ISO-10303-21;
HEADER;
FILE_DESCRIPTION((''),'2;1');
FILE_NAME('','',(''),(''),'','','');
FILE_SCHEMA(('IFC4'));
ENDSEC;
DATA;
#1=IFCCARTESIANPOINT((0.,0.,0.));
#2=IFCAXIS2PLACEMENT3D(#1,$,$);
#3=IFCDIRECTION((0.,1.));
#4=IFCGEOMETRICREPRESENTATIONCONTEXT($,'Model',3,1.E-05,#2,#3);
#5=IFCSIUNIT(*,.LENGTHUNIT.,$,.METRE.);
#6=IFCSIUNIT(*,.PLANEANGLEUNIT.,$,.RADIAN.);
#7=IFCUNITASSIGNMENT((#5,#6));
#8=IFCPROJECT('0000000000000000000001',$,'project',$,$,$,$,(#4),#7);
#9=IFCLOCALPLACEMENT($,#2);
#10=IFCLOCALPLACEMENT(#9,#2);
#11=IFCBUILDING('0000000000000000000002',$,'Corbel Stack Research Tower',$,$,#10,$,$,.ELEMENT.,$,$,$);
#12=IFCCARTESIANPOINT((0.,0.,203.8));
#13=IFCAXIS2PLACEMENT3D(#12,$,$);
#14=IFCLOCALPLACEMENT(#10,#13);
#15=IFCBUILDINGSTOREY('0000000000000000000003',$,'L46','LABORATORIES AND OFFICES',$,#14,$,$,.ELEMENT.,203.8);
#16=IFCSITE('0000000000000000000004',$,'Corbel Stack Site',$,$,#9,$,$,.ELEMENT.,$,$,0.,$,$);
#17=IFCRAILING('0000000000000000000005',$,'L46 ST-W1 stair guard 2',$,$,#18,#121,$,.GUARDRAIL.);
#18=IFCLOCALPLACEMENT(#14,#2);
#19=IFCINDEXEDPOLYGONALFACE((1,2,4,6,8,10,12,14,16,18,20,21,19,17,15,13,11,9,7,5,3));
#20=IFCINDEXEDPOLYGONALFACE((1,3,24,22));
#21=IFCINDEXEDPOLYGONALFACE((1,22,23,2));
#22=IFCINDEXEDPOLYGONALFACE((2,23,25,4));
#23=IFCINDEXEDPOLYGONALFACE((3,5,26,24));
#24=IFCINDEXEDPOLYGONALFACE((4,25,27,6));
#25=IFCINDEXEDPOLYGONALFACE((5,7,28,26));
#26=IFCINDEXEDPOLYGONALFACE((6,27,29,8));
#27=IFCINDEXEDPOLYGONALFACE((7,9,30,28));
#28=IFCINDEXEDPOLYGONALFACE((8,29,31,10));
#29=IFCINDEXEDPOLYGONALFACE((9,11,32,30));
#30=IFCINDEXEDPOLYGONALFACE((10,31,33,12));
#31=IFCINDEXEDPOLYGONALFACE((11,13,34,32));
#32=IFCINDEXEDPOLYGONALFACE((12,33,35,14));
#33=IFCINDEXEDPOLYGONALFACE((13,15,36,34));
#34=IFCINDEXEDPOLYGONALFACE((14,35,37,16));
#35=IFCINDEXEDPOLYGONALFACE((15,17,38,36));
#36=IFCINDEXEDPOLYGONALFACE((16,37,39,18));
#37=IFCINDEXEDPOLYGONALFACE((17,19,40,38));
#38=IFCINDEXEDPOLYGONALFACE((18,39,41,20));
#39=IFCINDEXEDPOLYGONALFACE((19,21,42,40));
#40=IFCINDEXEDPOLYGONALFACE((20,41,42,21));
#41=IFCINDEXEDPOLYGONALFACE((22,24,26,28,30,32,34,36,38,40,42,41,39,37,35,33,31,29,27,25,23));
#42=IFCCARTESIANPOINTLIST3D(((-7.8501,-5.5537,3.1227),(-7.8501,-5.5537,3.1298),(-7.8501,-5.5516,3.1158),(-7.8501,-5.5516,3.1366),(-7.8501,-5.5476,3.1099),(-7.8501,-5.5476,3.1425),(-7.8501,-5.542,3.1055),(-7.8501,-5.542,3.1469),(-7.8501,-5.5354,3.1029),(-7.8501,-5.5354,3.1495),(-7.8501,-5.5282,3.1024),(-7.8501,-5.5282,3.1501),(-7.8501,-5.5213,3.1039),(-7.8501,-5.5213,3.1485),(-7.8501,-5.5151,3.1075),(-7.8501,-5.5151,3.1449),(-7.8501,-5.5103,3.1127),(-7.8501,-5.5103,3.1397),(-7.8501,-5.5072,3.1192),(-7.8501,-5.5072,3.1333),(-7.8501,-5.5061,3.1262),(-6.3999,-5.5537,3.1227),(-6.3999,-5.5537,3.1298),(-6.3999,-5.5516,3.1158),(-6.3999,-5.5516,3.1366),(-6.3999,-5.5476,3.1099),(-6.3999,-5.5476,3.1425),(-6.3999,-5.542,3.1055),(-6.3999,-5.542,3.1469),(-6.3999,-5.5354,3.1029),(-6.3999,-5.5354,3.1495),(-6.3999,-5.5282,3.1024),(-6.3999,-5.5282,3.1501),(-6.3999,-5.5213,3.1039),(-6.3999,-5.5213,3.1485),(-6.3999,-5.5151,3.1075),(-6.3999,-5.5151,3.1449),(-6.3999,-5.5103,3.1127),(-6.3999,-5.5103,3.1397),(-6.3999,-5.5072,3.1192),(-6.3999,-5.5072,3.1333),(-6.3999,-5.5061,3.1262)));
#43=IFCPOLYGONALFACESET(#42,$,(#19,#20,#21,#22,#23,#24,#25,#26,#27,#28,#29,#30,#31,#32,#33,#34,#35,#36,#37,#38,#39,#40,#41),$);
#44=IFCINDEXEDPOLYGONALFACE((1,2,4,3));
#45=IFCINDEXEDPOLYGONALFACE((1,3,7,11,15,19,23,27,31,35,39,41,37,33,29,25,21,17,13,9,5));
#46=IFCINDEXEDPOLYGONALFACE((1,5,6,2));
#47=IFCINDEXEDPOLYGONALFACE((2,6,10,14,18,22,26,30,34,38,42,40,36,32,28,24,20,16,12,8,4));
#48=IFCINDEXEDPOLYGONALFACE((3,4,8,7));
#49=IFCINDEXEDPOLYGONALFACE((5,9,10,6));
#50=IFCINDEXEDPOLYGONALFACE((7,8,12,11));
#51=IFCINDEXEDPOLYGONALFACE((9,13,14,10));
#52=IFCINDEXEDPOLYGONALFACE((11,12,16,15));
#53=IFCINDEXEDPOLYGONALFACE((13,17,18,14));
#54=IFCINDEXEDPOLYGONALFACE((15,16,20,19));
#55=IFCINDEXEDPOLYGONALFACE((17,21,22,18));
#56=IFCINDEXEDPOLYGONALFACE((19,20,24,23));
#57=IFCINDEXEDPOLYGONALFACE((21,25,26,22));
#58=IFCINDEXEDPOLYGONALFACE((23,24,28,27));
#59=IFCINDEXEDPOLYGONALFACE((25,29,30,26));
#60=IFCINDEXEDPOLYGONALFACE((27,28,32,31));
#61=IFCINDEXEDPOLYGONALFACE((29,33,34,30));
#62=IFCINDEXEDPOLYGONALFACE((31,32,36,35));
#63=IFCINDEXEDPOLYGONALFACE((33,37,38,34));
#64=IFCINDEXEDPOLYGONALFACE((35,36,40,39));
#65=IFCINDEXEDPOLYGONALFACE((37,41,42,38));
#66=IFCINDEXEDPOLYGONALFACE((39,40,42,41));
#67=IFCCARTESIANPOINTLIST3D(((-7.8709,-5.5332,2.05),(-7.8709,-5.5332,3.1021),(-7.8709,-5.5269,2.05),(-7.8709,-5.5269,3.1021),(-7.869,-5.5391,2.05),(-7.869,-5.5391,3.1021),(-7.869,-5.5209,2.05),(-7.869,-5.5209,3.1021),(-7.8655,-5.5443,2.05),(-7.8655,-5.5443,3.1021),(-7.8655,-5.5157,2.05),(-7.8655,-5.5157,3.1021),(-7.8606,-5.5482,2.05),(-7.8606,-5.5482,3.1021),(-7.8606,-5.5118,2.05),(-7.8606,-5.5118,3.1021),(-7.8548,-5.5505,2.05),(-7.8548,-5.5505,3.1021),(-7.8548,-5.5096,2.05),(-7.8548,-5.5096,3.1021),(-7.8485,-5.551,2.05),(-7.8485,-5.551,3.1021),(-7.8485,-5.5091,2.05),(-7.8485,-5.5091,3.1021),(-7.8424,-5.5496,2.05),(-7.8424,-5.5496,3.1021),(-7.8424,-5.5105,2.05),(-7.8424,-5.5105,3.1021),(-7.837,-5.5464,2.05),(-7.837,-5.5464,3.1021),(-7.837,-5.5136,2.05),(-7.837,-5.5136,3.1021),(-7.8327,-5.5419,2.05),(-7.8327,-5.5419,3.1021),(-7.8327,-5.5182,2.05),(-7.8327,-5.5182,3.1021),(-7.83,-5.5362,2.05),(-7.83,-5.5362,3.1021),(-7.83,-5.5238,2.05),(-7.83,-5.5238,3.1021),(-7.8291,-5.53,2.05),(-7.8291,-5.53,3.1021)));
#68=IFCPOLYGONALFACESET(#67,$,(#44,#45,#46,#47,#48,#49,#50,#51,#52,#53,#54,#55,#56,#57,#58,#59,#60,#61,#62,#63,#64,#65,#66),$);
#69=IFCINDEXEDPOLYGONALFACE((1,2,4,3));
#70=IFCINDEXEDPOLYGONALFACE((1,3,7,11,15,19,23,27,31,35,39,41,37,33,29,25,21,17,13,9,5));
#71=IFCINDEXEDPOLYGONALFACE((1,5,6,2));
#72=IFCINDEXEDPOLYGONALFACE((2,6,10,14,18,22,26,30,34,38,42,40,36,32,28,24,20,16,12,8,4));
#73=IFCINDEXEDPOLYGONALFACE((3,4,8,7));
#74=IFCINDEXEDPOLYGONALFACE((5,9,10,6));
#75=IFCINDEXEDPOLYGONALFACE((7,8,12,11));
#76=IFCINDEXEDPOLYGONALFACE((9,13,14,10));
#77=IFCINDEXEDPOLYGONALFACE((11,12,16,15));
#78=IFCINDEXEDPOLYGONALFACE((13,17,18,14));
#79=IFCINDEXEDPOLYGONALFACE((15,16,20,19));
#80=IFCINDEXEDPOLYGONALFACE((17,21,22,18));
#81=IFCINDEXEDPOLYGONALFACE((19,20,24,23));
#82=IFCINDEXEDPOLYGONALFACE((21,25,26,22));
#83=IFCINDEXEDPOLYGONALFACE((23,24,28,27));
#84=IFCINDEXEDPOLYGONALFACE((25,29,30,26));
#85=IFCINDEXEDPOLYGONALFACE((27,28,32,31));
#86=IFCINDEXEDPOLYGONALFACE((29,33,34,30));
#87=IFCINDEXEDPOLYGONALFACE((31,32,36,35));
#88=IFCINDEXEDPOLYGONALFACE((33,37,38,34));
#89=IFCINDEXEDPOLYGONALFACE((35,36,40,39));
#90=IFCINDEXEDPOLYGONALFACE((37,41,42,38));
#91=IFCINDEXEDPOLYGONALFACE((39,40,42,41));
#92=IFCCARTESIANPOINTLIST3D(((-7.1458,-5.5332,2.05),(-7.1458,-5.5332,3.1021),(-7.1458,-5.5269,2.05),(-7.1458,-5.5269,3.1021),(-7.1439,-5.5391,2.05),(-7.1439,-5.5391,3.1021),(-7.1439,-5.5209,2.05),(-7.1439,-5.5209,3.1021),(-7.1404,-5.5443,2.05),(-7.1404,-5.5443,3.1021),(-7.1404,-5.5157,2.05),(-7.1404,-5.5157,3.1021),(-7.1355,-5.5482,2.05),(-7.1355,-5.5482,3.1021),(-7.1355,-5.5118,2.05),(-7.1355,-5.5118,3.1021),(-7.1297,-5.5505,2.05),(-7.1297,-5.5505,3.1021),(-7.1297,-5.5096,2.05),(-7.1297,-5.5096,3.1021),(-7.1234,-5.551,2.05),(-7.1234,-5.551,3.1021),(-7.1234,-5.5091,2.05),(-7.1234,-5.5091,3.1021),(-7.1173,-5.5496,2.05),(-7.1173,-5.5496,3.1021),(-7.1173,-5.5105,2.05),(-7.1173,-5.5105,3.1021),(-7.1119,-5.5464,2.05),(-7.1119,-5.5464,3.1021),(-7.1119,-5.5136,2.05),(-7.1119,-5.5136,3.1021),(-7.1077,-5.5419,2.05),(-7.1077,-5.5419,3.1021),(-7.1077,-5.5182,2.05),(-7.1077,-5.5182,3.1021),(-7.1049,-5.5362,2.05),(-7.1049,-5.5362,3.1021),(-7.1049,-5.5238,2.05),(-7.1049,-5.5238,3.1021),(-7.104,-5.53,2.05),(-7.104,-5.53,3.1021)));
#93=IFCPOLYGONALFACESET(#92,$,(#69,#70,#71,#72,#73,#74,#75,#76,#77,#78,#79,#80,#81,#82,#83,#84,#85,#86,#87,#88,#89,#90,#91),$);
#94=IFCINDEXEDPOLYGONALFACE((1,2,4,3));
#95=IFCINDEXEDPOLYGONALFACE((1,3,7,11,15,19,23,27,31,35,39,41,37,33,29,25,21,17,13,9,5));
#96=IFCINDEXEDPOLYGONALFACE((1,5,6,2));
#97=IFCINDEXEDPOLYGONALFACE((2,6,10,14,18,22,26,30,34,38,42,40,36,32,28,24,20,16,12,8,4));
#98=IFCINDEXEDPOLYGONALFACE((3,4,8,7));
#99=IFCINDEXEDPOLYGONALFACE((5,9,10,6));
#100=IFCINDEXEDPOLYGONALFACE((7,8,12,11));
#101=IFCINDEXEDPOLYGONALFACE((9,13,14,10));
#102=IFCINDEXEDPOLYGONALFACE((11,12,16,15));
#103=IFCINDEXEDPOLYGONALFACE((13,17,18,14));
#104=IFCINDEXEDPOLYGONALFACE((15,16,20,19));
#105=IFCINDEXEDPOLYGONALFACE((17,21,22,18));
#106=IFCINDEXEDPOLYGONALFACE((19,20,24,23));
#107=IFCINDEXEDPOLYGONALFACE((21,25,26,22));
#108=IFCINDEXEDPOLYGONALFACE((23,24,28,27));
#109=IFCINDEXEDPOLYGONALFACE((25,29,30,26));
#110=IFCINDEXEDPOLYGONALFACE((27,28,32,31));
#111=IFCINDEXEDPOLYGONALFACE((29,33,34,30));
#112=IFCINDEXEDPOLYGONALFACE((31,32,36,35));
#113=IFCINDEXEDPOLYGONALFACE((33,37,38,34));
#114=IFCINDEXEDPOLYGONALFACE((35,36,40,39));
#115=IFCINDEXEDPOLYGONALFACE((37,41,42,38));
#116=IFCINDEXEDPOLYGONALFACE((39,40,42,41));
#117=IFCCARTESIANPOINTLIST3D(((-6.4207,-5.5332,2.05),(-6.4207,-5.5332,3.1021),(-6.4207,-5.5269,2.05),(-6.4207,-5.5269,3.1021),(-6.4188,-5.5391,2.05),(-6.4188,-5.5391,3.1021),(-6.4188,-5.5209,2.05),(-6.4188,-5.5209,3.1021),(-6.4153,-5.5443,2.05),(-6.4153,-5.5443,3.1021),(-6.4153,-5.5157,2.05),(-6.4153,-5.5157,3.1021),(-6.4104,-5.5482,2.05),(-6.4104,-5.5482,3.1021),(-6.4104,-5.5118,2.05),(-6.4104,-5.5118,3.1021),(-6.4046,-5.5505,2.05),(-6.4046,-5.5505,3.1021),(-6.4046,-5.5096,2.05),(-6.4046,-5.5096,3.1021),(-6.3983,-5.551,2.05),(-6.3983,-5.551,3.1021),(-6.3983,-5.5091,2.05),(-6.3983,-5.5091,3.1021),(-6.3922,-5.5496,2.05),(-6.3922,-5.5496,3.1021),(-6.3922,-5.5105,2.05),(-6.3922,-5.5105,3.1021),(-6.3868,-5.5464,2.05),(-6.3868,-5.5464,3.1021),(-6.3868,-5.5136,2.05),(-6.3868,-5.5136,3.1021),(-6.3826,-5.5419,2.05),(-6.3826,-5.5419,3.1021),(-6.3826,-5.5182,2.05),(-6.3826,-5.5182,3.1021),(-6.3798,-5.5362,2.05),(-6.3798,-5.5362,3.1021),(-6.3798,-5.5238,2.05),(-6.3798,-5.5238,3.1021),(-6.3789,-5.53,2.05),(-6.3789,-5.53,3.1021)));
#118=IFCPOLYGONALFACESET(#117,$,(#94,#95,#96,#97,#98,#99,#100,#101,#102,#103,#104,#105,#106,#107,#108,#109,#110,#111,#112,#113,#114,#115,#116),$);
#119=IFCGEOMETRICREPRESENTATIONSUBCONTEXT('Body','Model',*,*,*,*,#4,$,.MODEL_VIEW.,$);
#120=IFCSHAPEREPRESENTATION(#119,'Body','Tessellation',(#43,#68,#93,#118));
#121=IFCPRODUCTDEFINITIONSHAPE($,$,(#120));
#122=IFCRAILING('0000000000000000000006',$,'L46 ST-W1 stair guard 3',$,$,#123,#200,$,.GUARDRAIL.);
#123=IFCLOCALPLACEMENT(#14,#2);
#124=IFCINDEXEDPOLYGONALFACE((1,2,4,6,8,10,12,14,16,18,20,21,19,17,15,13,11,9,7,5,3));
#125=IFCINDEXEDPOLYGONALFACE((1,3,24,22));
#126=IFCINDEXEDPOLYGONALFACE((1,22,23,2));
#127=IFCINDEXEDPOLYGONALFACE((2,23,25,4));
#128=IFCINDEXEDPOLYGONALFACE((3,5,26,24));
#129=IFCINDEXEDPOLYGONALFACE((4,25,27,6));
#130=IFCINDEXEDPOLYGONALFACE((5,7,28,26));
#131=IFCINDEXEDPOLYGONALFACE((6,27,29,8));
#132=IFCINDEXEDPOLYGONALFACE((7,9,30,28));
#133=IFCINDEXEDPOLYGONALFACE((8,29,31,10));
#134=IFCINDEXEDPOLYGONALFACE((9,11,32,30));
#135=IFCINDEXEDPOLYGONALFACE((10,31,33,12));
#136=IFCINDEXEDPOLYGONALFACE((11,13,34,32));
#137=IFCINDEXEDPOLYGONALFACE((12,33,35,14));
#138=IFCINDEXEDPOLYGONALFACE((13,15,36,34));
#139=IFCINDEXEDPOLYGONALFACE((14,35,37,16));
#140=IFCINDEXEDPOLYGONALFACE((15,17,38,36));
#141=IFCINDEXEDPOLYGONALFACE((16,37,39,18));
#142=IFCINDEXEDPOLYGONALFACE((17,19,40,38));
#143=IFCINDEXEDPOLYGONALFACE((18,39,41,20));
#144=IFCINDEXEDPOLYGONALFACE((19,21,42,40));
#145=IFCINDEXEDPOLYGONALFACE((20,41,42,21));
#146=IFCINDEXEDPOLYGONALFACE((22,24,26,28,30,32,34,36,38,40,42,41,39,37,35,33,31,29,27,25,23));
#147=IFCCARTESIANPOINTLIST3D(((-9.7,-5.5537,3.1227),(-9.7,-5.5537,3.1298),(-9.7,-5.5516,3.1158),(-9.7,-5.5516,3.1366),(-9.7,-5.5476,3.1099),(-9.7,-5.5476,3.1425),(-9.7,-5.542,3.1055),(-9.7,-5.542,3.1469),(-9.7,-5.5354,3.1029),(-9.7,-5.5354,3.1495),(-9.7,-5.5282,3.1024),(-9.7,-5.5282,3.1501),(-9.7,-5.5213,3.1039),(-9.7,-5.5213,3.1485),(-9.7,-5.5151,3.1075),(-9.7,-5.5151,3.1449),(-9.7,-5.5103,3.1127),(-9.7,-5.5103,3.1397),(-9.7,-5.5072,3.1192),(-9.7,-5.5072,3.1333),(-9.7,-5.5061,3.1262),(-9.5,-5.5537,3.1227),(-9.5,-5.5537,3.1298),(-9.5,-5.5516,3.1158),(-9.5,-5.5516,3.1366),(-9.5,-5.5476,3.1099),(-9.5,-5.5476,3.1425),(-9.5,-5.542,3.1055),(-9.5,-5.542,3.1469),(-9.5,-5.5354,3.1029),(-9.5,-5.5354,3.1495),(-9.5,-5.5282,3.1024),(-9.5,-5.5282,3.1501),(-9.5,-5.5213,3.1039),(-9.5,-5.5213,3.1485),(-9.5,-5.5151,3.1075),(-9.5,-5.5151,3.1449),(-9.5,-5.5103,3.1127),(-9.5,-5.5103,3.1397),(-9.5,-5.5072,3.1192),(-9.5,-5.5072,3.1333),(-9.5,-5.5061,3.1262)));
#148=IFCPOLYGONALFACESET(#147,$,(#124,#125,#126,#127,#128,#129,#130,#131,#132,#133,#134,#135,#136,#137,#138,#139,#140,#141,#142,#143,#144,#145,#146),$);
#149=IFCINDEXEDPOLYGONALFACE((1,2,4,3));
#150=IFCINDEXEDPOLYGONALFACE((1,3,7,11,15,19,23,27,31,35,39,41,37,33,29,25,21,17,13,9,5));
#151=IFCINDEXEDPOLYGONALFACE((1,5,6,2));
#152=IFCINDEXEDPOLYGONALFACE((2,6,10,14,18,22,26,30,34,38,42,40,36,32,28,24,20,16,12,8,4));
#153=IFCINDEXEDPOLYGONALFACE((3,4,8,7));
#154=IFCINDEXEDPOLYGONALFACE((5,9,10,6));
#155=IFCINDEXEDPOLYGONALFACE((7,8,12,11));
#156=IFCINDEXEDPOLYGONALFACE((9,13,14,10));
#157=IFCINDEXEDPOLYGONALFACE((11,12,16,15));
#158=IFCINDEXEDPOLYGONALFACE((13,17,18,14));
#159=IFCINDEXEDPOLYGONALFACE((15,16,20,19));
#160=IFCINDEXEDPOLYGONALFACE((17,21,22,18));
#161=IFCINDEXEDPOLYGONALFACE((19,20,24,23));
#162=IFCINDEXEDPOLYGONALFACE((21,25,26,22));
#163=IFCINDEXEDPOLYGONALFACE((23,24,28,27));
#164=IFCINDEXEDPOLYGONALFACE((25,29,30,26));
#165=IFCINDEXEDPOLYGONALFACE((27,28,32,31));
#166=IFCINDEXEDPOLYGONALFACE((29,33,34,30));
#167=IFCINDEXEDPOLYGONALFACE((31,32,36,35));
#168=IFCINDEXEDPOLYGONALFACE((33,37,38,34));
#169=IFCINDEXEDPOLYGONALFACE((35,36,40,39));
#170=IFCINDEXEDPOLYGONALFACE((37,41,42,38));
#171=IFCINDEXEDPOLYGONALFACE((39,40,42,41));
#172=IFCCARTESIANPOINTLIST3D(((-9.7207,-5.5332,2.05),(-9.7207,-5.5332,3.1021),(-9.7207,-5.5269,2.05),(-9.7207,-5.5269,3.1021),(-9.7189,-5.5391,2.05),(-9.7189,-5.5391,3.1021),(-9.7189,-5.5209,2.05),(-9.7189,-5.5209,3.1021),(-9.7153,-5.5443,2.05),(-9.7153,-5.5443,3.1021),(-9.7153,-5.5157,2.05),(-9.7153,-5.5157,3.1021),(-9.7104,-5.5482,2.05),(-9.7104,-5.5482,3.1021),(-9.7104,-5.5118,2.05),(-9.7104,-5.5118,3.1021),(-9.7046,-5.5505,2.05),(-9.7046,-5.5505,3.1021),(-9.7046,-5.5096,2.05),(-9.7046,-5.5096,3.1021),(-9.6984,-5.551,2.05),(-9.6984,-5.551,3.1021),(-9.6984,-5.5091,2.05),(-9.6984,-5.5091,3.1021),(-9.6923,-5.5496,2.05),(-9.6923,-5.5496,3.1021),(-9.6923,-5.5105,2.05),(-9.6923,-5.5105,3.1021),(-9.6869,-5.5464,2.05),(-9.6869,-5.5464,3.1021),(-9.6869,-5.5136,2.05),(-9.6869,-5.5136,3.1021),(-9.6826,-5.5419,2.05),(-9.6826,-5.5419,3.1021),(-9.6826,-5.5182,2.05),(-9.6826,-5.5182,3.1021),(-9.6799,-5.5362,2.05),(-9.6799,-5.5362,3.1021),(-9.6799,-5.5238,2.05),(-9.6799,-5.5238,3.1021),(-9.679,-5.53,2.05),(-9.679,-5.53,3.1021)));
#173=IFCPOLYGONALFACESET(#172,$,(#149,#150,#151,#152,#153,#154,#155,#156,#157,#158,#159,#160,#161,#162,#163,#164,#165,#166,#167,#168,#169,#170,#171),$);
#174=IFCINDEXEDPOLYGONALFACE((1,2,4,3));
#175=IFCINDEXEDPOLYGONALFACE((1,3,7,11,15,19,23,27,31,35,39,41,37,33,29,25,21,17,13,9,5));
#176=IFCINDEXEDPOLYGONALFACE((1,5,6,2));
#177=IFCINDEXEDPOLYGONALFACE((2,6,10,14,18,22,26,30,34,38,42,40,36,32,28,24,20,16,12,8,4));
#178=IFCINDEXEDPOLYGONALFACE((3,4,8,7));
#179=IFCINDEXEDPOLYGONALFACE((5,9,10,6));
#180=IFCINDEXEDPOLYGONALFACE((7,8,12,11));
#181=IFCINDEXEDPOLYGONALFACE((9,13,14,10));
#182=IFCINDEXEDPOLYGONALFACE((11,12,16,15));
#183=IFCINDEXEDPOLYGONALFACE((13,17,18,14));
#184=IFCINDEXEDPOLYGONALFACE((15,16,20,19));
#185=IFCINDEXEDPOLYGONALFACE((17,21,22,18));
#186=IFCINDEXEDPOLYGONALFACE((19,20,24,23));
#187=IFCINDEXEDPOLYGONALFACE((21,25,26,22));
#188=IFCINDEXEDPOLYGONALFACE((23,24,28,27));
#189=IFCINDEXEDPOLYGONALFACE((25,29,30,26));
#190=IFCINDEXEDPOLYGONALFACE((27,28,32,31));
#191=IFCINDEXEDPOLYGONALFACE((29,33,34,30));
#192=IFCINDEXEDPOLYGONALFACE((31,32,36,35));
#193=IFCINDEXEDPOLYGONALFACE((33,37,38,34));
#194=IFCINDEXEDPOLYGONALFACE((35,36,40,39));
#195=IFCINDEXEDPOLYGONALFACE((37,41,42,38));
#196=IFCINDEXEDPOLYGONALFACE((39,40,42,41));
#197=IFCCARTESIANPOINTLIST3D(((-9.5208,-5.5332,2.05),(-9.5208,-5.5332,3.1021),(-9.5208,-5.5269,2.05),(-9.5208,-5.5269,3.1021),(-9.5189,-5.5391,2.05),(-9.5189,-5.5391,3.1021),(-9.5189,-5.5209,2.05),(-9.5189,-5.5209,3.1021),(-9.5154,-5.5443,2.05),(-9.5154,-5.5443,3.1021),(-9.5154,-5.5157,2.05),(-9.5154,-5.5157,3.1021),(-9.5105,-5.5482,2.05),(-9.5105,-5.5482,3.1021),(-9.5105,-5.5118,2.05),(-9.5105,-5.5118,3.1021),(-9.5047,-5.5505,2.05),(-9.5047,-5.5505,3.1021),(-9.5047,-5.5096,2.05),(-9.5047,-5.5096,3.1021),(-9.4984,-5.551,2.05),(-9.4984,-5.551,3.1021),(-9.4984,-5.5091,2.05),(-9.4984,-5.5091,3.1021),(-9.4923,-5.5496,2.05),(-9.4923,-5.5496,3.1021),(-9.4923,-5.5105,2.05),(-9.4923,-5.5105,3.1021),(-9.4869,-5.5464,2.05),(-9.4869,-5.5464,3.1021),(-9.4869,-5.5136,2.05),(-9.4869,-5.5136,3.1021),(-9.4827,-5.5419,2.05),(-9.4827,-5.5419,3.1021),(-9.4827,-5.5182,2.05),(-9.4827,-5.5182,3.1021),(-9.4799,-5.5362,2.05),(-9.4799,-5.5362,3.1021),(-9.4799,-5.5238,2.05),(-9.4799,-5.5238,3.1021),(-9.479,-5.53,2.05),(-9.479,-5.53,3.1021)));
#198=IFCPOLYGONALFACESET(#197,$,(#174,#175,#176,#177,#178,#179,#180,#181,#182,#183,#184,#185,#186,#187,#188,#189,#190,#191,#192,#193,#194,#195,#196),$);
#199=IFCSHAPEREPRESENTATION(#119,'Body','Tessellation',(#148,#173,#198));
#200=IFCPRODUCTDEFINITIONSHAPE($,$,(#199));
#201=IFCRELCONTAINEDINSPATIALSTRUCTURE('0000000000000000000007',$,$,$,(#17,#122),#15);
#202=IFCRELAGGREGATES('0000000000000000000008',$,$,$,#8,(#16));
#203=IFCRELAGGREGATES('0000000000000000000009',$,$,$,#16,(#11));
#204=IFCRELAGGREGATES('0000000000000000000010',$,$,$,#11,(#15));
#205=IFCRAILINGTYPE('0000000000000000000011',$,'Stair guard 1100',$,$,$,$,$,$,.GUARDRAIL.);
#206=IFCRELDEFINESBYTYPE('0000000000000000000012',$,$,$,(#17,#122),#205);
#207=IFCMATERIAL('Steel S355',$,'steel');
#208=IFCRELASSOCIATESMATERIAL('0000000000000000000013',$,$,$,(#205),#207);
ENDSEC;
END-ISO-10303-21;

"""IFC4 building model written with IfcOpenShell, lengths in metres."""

from ifc_helpers import new_model, si_unit, direction, frame, origin, origin_2d, place, context, subcontext, project, spatial, circle, extrude, material, type_object, element, save


model = new_model("IFC4")

# Units and contexts
model_context = context("Model", 3, precision=1e-05, world=origin(), true_north=direction((0.0, 1.0)))
body_context = subcontext(model_context, "Body", "Model", "MODEL_VIEW")
ifc_project = project(units=[si_unit("LENGTHUNIT", "METRE"), si_unit("PLANEANGLEUNIT", "RADIAN")], contexts=[model_context])

# Site, building, storey
site_placement = place(None, origin())
site = spatial("IfcSite", under=ifc_project, at=site_placement, Name="Corbel Stack Site", CompositionType="ELEMENT", RefElevation=0.0)
building_placement = place(site_placement, origin())
building = spatial("IfcBuilding", under=site, at=building_placement, Name="Corbel Stack Research Tower", CompositionType="ELEMENT")
storey_placement = place(building_placement, frame((0.0, 0.0, 203.8)))
storey = spatial("IfcBuildingStorey", under=building, at=storey_placement, Name="L46", Description="LABORATORIES AND OFFICES", CompositionType="ELEMENT", Elevation=203.8)

# Railings
ifc_material_1 = material(Name="Steel S355", Category="steel")
railing_type_1 = type_object("IfcRailingType", Name="Stair guard 1100", PredefinedType="GUARDRAIL", material=ifc_material_1)
railing_1_placement = place(storey_placement, frame((-7.8501, -5.53, 2.05)))
element("IfcRailing", 1, at=railing_1_placement, inside=storey, type_object=railing_type_1, Name="L46 ST-W1 stair guard 2", PredefinedType="GUARDRAIL", context=body_context, shape_type="SweptSolid", body=[
    extrude(circle(Radius=0.0239, at=origin_2d()), frame((0.0, 0.0, 1.0762), z_axis=(1.0, 0.0, 0.0), x_axis=(0.0, 1.0, 0.0)), (0.0, 0.0, 1.0), 1.4502),
    extrude(circle(Radius=0.021, at=origin_2d()), origin(), (0.0, 0.0, 1.0), 1.052),
    extrude(circle(Radius=0.021, at=origin_2d()), frame((0.7251, 0.0, 0.0)), (0.0, 0.0, 1.0), 1.052),
    extrude(circle(Radius=0.021, at=origin_2d()), frame((1.4502, 0.0, 0.0)), (0.0, 0.0, 1.0), 1.052),
])
railing_2_placement = place(storey_placement, frame((-9.7, -5.53, 2.05)))
element("IfcRailing", 2, at=railing_2_placement, inside=storey, type_object=railing_type_1, Name="L46 ST-W1 stair guard 3", PredefinedType="GUARDRAIL", context=body_context, shape_type="SweptSolid", body=[
    extrude(circle(Radius=0.0239, at=origin_2d()), frame((0.0, 0.0, 1.0762), z_axis=(1.0, 0.0, 0.0), x_axis=(0.0, 1.0, 0.0)), (0.0, 0.0, 1.0), 0.2),
    extrude(circle(Radius=0.021, at=origin_2d()), origin(), (0.0, 0.0, 1.0), 1.052),
    extrude(circle(Radius=0.021, at=origin_2d()), frame((0.2, 0.0, 0.0)), (0.0, 0.0, 1.0), 1.052),
])

save(model, "model.ifc")
